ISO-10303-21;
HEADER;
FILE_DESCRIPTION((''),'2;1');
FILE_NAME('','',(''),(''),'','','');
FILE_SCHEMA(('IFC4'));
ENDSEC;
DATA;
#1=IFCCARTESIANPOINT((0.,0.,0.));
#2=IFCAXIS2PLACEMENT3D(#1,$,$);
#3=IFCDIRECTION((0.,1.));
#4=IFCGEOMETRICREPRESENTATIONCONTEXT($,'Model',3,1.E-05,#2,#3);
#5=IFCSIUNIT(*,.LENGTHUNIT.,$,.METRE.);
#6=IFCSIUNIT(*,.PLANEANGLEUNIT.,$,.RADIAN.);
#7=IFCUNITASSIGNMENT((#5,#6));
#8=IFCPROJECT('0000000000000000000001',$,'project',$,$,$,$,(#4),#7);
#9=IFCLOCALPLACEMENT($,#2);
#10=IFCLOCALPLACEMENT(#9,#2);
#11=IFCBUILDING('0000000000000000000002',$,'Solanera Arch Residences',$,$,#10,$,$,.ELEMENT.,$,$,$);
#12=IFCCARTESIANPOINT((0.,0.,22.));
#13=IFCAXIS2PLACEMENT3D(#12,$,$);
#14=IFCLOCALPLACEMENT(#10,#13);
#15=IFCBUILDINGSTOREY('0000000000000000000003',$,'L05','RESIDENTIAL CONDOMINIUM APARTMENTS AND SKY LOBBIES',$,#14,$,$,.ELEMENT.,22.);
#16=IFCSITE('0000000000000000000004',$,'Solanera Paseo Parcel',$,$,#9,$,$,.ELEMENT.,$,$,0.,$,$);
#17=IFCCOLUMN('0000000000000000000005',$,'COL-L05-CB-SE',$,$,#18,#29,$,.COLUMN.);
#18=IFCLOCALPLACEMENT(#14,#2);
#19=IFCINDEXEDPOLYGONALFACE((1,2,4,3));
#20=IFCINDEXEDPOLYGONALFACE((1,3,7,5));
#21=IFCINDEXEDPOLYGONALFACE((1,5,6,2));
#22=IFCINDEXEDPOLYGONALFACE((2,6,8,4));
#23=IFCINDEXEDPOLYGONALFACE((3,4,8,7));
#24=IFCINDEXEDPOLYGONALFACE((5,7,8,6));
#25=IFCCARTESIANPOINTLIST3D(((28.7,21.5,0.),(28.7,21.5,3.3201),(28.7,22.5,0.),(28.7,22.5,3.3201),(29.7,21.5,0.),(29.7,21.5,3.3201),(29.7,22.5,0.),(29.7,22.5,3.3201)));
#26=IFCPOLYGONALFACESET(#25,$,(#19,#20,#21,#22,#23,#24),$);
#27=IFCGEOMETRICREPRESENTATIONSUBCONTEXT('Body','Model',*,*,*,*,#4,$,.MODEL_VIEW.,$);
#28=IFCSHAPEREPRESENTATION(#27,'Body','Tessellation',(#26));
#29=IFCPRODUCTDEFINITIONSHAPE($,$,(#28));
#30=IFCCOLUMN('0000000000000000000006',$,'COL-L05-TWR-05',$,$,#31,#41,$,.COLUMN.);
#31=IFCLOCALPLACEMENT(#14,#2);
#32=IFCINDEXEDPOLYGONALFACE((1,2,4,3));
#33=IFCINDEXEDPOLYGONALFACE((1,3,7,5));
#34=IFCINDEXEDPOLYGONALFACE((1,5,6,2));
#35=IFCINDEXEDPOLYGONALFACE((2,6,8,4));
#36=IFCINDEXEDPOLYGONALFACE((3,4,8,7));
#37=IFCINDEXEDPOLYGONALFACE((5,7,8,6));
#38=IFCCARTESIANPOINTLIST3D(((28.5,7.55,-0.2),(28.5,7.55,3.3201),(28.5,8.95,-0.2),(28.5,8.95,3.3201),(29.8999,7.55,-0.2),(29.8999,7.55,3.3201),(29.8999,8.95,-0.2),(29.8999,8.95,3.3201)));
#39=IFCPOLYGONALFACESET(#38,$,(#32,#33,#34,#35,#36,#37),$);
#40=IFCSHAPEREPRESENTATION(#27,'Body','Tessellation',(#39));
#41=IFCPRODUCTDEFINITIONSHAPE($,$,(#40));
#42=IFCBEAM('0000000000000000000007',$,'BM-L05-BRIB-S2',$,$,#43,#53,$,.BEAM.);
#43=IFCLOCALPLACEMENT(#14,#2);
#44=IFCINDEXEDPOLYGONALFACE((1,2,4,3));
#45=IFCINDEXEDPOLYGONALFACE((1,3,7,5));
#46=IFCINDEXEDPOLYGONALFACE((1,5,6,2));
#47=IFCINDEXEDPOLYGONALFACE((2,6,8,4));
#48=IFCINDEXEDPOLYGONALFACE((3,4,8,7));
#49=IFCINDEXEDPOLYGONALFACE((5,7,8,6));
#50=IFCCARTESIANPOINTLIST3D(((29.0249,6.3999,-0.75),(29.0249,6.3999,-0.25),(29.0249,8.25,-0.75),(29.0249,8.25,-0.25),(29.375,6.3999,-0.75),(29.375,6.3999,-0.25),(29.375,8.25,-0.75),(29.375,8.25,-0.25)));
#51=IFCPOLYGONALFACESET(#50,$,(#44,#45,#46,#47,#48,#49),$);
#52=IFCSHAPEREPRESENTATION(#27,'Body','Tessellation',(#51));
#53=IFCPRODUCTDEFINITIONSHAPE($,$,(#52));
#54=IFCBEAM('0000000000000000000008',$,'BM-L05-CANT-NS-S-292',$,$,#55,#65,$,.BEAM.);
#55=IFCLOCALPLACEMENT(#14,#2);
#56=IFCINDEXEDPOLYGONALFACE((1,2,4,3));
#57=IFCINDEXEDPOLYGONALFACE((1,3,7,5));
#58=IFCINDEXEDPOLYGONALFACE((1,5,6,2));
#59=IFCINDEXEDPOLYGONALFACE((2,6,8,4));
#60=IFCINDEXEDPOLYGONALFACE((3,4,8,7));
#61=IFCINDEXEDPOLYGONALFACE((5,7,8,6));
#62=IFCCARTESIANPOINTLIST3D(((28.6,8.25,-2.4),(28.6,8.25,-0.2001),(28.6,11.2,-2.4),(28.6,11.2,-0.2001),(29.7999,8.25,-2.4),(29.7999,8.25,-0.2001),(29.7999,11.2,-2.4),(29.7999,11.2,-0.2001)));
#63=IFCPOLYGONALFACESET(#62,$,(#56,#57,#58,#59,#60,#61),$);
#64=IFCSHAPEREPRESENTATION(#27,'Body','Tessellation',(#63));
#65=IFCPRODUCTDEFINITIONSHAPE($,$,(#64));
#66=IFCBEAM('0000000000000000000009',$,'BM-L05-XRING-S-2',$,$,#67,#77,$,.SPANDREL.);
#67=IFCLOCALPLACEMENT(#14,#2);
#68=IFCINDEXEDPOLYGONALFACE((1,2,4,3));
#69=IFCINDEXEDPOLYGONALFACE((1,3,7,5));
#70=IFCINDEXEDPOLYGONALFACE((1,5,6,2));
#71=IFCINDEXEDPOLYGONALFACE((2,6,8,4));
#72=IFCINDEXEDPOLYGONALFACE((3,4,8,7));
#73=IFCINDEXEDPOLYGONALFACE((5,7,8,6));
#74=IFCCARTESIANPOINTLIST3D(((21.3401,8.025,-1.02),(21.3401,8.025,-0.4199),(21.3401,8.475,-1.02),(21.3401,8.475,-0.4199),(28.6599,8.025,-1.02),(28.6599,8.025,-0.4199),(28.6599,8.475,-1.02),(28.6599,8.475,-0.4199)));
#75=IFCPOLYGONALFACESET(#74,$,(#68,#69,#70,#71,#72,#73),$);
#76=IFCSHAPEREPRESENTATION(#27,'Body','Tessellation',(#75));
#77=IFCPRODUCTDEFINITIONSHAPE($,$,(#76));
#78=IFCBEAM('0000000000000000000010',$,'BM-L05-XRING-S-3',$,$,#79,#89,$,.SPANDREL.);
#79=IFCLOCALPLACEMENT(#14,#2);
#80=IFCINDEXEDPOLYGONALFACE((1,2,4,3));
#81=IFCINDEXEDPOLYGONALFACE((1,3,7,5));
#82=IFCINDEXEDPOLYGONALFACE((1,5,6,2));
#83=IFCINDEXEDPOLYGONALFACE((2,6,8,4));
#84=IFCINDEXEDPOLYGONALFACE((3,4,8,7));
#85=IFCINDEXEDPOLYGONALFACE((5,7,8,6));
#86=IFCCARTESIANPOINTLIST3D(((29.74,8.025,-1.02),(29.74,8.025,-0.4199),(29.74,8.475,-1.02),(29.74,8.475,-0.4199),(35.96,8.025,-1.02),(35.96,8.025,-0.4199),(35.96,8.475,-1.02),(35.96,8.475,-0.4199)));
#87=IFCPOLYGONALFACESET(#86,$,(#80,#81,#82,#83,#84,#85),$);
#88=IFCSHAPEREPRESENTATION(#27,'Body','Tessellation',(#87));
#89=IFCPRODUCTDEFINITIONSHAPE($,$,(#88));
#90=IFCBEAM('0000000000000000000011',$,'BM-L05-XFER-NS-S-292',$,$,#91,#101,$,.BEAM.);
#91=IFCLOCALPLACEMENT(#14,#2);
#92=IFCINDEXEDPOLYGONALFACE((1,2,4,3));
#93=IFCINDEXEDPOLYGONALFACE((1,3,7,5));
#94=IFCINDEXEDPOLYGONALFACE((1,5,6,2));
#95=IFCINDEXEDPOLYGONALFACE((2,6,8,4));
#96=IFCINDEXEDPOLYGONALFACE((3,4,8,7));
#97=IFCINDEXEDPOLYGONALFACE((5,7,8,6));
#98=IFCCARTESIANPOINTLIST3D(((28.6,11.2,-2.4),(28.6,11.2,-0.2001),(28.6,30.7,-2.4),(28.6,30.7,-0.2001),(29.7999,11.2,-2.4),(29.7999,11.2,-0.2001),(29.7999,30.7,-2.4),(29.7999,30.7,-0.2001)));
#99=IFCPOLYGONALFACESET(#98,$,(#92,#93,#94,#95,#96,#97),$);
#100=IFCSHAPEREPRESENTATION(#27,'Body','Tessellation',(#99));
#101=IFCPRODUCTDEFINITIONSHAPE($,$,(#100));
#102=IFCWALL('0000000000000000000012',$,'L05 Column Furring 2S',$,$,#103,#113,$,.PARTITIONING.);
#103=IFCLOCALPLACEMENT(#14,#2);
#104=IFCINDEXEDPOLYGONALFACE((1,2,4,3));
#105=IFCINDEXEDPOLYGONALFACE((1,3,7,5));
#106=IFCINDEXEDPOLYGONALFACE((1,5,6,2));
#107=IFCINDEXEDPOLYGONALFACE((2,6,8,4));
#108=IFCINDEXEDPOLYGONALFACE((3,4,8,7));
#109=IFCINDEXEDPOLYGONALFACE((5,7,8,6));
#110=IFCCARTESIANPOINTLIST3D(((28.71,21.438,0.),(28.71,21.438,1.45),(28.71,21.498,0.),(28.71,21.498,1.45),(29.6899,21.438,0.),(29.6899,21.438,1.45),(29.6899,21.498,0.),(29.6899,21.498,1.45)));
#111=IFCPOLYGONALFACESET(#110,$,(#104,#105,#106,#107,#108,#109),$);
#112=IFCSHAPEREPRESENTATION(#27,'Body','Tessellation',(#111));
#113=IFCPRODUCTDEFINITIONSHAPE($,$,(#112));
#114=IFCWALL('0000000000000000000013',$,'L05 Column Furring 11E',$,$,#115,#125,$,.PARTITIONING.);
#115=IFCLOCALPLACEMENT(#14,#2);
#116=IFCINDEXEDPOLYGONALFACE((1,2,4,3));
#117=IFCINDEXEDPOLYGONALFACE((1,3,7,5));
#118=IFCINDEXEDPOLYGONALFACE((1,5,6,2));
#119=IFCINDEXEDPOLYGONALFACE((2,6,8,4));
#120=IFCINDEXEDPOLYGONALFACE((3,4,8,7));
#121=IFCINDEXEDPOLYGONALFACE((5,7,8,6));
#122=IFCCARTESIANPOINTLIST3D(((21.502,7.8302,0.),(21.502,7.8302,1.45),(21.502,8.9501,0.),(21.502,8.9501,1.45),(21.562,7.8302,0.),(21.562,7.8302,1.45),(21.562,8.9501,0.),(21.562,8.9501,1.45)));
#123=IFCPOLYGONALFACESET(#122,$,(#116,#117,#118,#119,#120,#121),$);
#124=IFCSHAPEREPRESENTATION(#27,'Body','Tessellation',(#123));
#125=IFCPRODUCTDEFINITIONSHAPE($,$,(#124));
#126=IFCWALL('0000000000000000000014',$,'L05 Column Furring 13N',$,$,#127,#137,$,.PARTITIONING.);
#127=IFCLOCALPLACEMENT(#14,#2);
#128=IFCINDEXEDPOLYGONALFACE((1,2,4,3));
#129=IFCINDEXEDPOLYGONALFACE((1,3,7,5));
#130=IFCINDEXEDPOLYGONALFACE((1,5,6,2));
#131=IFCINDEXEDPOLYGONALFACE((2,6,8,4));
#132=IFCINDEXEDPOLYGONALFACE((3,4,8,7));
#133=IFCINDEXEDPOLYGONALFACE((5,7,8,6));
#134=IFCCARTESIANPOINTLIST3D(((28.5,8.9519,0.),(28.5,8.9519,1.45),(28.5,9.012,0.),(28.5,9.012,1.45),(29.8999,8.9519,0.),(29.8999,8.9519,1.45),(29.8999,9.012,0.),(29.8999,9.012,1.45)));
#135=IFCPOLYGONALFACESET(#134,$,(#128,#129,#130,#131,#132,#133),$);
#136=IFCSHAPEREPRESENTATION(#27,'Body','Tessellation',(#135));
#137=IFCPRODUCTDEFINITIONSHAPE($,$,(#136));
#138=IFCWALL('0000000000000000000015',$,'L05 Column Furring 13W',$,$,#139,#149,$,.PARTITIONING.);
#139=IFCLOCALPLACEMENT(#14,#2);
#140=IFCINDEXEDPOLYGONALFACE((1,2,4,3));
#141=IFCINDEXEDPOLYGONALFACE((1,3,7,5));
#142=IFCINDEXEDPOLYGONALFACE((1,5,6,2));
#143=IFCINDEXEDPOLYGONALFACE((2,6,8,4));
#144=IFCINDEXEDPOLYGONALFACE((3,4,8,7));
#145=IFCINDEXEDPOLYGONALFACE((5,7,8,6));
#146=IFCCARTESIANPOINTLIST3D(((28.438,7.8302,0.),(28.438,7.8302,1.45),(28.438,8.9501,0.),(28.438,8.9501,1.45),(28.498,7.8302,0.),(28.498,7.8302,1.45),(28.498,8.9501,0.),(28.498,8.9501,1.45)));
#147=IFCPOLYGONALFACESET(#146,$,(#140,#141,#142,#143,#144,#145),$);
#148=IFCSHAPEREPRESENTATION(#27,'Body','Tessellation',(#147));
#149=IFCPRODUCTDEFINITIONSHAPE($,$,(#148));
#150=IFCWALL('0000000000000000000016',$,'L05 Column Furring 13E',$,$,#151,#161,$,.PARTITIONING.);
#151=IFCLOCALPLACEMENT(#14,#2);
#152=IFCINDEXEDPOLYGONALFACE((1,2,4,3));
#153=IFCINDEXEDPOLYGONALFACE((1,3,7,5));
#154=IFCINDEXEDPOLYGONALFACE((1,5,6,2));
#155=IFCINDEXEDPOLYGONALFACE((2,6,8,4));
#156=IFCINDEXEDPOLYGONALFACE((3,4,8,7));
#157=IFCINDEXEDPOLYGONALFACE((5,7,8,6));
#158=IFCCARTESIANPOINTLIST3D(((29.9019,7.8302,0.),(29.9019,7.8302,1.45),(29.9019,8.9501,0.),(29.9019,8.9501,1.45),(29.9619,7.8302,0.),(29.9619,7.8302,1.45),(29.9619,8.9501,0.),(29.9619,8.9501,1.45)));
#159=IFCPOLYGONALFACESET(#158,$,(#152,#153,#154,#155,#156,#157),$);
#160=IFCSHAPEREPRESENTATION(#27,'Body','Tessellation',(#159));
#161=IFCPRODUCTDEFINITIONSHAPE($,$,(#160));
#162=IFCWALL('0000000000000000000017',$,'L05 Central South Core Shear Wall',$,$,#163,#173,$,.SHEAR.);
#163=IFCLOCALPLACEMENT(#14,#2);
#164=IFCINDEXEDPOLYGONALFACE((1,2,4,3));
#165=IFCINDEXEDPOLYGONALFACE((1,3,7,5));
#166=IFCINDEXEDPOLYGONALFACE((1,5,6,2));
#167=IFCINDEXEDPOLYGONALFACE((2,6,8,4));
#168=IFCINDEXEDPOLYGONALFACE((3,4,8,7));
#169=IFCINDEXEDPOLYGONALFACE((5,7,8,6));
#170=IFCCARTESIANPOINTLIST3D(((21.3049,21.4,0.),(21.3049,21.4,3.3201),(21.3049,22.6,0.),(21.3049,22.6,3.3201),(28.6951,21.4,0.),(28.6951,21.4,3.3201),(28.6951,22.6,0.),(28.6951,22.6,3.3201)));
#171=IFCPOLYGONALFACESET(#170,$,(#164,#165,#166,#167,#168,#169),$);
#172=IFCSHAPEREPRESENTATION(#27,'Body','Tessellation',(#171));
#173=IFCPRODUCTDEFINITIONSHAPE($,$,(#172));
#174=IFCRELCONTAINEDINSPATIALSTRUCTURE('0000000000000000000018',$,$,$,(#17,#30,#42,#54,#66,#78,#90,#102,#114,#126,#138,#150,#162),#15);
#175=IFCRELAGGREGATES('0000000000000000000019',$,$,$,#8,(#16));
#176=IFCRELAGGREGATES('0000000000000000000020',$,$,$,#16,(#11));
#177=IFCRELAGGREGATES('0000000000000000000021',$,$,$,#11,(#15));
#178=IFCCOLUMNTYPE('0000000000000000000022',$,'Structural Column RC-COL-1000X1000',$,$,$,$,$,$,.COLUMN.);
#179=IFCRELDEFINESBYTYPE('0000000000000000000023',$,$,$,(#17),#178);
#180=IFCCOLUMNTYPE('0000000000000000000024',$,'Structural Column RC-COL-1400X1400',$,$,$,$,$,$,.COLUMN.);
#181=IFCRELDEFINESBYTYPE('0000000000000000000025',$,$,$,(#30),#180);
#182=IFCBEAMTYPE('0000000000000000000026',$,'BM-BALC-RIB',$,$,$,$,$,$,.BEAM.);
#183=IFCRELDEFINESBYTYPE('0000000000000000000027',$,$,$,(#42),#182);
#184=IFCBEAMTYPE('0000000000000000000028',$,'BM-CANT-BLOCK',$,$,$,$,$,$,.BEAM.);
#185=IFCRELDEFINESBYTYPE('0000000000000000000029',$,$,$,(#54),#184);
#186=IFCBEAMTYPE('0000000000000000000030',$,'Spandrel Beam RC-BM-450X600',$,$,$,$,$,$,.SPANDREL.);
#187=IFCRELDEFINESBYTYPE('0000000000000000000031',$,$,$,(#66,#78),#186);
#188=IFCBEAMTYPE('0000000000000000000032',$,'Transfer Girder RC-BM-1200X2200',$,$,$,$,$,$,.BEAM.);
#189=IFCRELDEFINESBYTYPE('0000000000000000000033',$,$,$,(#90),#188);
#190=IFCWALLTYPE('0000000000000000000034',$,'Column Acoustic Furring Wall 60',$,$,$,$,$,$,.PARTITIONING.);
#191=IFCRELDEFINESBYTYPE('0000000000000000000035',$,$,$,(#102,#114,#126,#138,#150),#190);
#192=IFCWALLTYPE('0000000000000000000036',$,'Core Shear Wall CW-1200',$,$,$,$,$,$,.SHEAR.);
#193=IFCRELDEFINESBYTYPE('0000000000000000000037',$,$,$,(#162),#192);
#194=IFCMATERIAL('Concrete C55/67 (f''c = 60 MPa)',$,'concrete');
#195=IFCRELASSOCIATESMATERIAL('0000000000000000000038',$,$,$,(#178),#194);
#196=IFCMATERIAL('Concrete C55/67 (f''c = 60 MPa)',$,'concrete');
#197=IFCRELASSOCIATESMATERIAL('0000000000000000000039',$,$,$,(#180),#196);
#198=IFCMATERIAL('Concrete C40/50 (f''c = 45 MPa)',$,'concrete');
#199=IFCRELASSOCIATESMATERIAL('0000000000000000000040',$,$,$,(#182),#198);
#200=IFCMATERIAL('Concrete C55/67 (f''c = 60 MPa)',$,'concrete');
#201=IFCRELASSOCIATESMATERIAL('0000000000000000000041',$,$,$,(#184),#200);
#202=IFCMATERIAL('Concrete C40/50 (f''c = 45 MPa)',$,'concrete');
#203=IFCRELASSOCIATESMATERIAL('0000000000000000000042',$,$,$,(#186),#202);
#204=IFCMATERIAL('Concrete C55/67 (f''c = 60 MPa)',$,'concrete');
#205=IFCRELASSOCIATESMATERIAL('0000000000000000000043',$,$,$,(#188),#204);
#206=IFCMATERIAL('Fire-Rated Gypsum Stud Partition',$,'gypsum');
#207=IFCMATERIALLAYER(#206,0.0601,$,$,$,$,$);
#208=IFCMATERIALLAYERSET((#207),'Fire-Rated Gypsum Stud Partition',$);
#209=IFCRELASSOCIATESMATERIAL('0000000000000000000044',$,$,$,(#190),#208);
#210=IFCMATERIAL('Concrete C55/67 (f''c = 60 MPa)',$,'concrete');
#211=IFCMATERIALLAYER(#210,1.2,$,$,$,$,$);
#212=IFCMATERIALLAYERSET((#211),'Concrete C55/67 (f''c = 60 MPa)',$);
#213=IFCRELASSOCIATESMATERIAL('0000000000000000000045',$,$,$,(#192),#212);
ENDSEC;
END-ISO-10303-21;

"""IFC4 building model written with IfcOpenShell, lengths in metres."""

from ifc_helpers import new_model, si_unit, direction, frame, frame_2d, origin, origin_2d, place, context, subcontext, project, spatial, rectangle, extrude, material, layer, layer_set, material_profile, profile_set, type_object, element, save


model = new_model("IFC4")

# Units and contexts
model_context = context("Model", 3, precision=1e-05, world=origin(), true_north=direction((0.0, 1.0)))
body_context = subcontext(model_context, "Body", "Model", "MODEL_VIEW")
ifc_project = project(units=[si_unit("LENGTHUNIT", "METRE"), si_unit("PLANEANGLEUNIT", "RADIAN")], contexts=[model_context])

# Site, building, storey
site_placement = place(None, origin())
site = spatial("IfcSite", under=ifc_project, at=site_placement, Name="Solanera Paseo Parcel", CompositionType="ELEMENT", RefElevation=0.0)
building_placement = place(site_placement, origin())
building = spatial("IfcBuilding", under=site, at=building_placement, Name="Solanera Arch Residences", CompositionType="ELEMENT")
storey_placement = place(building_placement, frame((0.0, 0.0, 22.0)))
storey = spatial("IfcBuildingStorey", under=building, at=storey_placement, Name="L05", Description="RESIDENTIAL CONDOMINIUM APARTMENTS AND SKY LOBBIES", CompositionType="ELEMENT", Elevation=22.0)

# Columns
ifc_material_1 = material(Name="Concrete C55/67 (f'c = 60 MPa)", Category="concrete")
ifc_material_profile_1 = material_profile(ifc_material_1, rectangle(XDim=1.0, YDim=1.0, at=origin_2d()))
ifc_profile_set_1 = profile_set([ifc_material_profile_1], Name="Concrete C55/67 (f'c = 60 MPa)")
column_type_1 = type_object("IfcColumnType", Name="Structural Column RC-COL-1000X1000", PredefinedType="COLUMN", material=ifc_profile_set_1)
column_1_placement = place(storey_placement, frame((29.2, 22.0, 0.0), z_axis=(0.0, 0.0, 1.0), x_axis=(1.0, 0.0, 0.0)))
element("IfcColumn", 1, at=column_1_placement, inside=storey, type_object=column_type_1, Name="COL-L05-CB-SE", PredefinedType="COLUMN", context=body_context, shape_type="SweptSolid", body=[
    extrude(rectangle(XDim=1.0, YDim=1.0, at=origin_2d()), origin(), (0.0, 0.0, 1.0), 3.3201),
])
ifc_material_2 = material(Name="Concrete C55/67 (f'c = 60 MPa)", Category="concrete")
ifc_material_profile_2 = material_profile(ifc_material_2, rectangle(XDim=1.3999, YDim=1.3999, at=origin_2d()))
ifc_profile_set_2 = profile_set([ifc_material_profile_2], Name="Concrete C55/67 (f'c = 60 MPa)")
column_type_2 = type_object("IfcColumnType", Name="Structural Column RC-COL-1400X1400", PredefinedType="COLUMN", material=ifc_profile_set_2)
column_2_placement = place(storey_placement, frame((29.2, 8.25, -0.2), z_axis=(0.0, 0.0, 1.0), x_axis=(1.0, 0.0, 0.0)))
element("IfcColumn", 2, at=column_2_placement, inside=storey, type_object=column_type_2, Name="COL-L05-TWR-05", PredefinedType="COLUMN", context=body_context, shape_type="SweptSolid", body=[
    extrude(rectangle(XDim=1.3999, YDim=1.3999, at=origin_2d()), origin(), (0.0, 0.0, 1.0), 3.52),
])

# Beams
ifc_material_3 = material(Name="Concrete C40/50 (f'c = 45 MPa)", Category="concrete")
ifc_material_profile_3 = material_profile(ifc_material_3, rectangle(XDim=0.3501, YDim=0.5, at=origin_2d()))
ifc_profile_set_3 = profile_set([ifc_material_profile_3], Name="Concrete C40/50 (f'c = 45 MPa)")
beam_type_1 = type_object("IfcBeamType", Name="BM-BALC-RIB", PredefinedType="BEAM", material=ifc_profile_set_3)
beam_1_placement = place(storey_placement, frame((29.2, 6.3999, -0.5), z_axis=(0.0, 1.0, 0.0), x_axis=(-1.0, 0.0, 0.0)))
element("IfcBeam", 3, at=beam_1_placement, inside=storey, type_object=beam_type_1, Name="BM-L05-BRIB-S2", PredefinedType="BEAM", context=body_context, shape_type="SweptSolid", body=[
    extrude(rectangle(XDim=0.3501, YDim=0.5, at=origin_2d()), origin(), (0.0, 0.0, 1.0), 1.8501),
])
ifc_material_4 = material(Name="Concrete C55/67 (f'c = 60 MPa)", Category="concrete")
ifc_material_profile_4 = material_profile(ifc_material_4, rectangle(XDim=1.2, YDim=2.2, at=origin_2d()))
ifc_profile_set_4 = profile_set([ifc_material_profile_4], Name="Concrete C55/67 (f'c = 60 MPa)")
beam_type_2 = type_object("IfcBeamType", Name="BM-CANT-BLOCK", PredefinedType="BEAM", material=ifc_profile_set_4)
beam_2_placement = place(storey_placement, frame((29.2, 8.25, -1.3), z_axis=(0.0, 1.0, 0.0), x_axis=(-1.0, 0.0, 0.0)))
element("IfcBeam", 4, at=beam_2_placement, inside=storey, type_object=beam_type_2, Name="BM-L05-CANT-NS-S-292", PredefinedType="BEAM", context=body_context, shape_type="SweptSolid", body=[
    extrude(rectangle(XDim=1.2, YDim=2.2, at=origin_2d()), origin(), (0.0, 0.0, 1.0), 2.95),
])
ifc_material_5 = material(Name="Concrete C40/50 (f'c = 45 MPa)", Category="concrete")
ifc_material_profile_5 = material_profile(ifc_material_5, rectangle(XDim=0.45, YDim=0.6001, at=origin_2d()))
ifc_profile_set_5 = profile_set([ifc_material_profile_5], Name="Concrete C40/50 (f'c = 45 MPa)")
beam_type_3 = type_object("IfcBeamType", Name="Spandrel Beam RC-BM-450X600", PredefinedType="SPANDREL", material=ifc_profile_set_5)
beam_3_placement = place(storey_placement, frame((21.3401, 8.25, -0.72), z_axis=(1.0, 0.0, 0.0), x_axis=(0.0, 1.0, 0.0)))
element("IfcBeam", 5, at=beam_3_placement, inside=storey, type_object=beam_type_3, Name="BM-L05-XRING-S-2", PredefinedType="SPANDREL", context=body_context, shape_type="SweptSolid", body=[
    extrude(rectangle(XDim=0.45, YDim=0.6001, at=origin_2d()), origin(), (0.0, 0.0, 1.0), 7.3198),
])
beam_4_placement = place(storey_placement, frame((29.74, 8.25, -0.72), z_axis=(1.0, 0.0, 0.0), x_axis=(0.0, 1.0, 0.0)))
element("IfcBeam", 6, at=beam_4_placement, inside=storey, type_object=beam_type_3, Name="BM-L05-XRING-S-3", PredefinedType="SPANDREL", context=body_context, shape_type="SweptSolid", body=[
    extrude(rectangle(XDim=0.45, YDim=0.6001, at=origin_2d()), origin(), (0.0, 0.0, 1.0), 6.22),
])
ifc_material_6 = material(Name="Concrete C55/67 (f'c = 60 MPa)", Category="concrete")
ifc_material_profile_6 = material_profile(ifc_material_6, rectangle(XDim=1.2, YDim=2.2, at=origin_2d()))
ifc_profile_set_6 = profile_set([ifc_material_profile_6], Name="Concrete C55/67 (f'c = 60 MPa)")
beam_type_4 = type_object("IfcBeamType", Name="Transfer Girder RC-BM-1200X2200", PredefinedType="BEAM", material=ifc_profile_set_6)
beam_5_placement = place(storey_placement, frame((29.2, 11.2, -1.3), z_axis=(0.0, 1.0, 0.0), x_axis=(-1.0, 0.0, 0.0)))
element("IfcBeam", 7, at=beam_5_placement, inside=storey, type_object=beam_type_4, Name="BM-L05-XFER-NS-S-292", PredefinedType="BEAM", context=body_context, shape_type="SweptSolid", body=[
    extrude(rectangle(XDim=1.2, YDim=2.2, at=origin_2d()), origin(), (0.0, 0.0, 1.0), 19.5),
])

# Walls
ifc_material_7 = material(Name="Fire-Rated Gypsum Stud Partition", Category="gypsum")
ifc_layer_1 = layer(ifc_material_7, 0.0601)
ifc_layer_set_1 = layer_set([ifc_layer_1], Name="Fire-Rated Gypsum Stud Partition")
wall_type_1 = type_object("IfcWallType", Name="Column Acoustic Furring Wall 60", PredefinedType="PARTITIONING", material=ifc_layer_set_1)
wall_1_placement = place(storey_placement, frame((28.71, 21.468, 0.0), z_axis=(0.0, 0.0, 1.0), x_axis=(1.0, 0.0, 0.0)))
element("IfcWall", 8, at=wall_1_placement, inside=storey, type_object=wall_type_1, Name="L05 Column Furring 2S", PredefinedType="PARTITIONING", context=body_context, shape_type="SweptSolid", body=[
    extrude(rectangle(XDim=0.98, YDim=0.0601, at=frame_2d((0.49, 0.0))), origin(), (0.0, 0.0, 1.0), 1.45),
])
wall_2_placement = place(storey_placement, frame((21.532, 7.8301, 0.0), z_axis=(0.0, 0.0, 1.0), x_axis=(0.0, 1.0, 0.0)))
element("IfcWall", 9, at=wall_2_placement, inside=storey, type_object=wall_type_1, Name="L05 Column Furring 11E", PredefinedType="PARTITIONING", context=body_context, shape_type="SweptSolid", body=[
    extrude(rectangle(XDim=1.1199, YDim=0.0601, at=frame_2d((0.5601, 0.0))), origin(), (0.0, 0.0, 1.0), 1.45),
])
wall_3_placement = place(storey_placement, frame((28.5, 8.9819, 0.0), z_axis=(0.0, 0.0, 1.0), x_axis=(1.0, 0.0, 0.0)))
element("IfcWall", 10, at=wall_3_placement, inside=storey, type_object=wall_type_1, Name="L05 Column Furring 13N", PredefinedType="PARTITIONING", context=body_context, shape_type="SweptSolid", body=[
    extrude(rectangle(XDim=1.3999, YDim=0.0601, at=frame_2d((0.7, 0.0))), origin(), (0.0, 0.0, 1.0), 1.45),
])
for number, where, z_axis, x_axis, name in (
    (11, (28.468, 7.8301, 0.0), (0.0, 0.0, 1.0), (0.0, 1.0, 0.0), "L05 Column Furring 13W"),
    (12, (29.9319, 7.8301, 0.0), (0.0, 0.0, 1.0), (0.0, 1.0, 0.0), "L05 Column Furring 13E"),
):
    element("IfcWall", number, at=place(storey_placement, frame(where, z_axis=z_axis, x_axis=x_axis)), inside=storey, type_object=wall_type_1, Name=name, PredefinedType="PARTITIONING", context=body_context, shape_type="SweptSolid", body=[
        extrude(rectangle(XDim=1.1199, YDim=0.0601, at=frame_2d((0.5601, 0.0))), origin(), (0.0, 0.0, 1.0), 1.45),
    ])
ifc_material_8 = material(Name="Concrete C55/67 (f'c = 60 MPa)", Category="concrete")
ifc_layer_2 = layer(ifc_material_8, 1.2)
ifc_layer_set_2 = layer_set([ifc_layer_2], Name="Concrete C55/67 (f'c = 60 MPa)")
wall_type_2 = type_object("IfcWallType", Name="Core Shear Wall CW-1200", PredefinedType="SHEAR", material=ifc_layer_set_2)
wall_4_placement = place(storey_placement, frame((21.3049, 22.0, 0.0), z_axis=(0.0, 0.0, 1.0), x_axis=(1.0, 0.0, 0.0)))
element("IfcWall", 13, at=wall_4_placement, inside=storey, type_object=wall_type_2, Name="L05 Central South Core Shear Wall", PredefinedType="SHEAR", context=body_context, shape_type="SweptSolid", body=[
    extrude(rectangle(XDim=7.3901, YDim=1.2, at=frame_2d((3.6951, 0.0))), origin(), (0.0, 0.0, 1.0), 3.3201),
])

save(model, "model.ifc")
